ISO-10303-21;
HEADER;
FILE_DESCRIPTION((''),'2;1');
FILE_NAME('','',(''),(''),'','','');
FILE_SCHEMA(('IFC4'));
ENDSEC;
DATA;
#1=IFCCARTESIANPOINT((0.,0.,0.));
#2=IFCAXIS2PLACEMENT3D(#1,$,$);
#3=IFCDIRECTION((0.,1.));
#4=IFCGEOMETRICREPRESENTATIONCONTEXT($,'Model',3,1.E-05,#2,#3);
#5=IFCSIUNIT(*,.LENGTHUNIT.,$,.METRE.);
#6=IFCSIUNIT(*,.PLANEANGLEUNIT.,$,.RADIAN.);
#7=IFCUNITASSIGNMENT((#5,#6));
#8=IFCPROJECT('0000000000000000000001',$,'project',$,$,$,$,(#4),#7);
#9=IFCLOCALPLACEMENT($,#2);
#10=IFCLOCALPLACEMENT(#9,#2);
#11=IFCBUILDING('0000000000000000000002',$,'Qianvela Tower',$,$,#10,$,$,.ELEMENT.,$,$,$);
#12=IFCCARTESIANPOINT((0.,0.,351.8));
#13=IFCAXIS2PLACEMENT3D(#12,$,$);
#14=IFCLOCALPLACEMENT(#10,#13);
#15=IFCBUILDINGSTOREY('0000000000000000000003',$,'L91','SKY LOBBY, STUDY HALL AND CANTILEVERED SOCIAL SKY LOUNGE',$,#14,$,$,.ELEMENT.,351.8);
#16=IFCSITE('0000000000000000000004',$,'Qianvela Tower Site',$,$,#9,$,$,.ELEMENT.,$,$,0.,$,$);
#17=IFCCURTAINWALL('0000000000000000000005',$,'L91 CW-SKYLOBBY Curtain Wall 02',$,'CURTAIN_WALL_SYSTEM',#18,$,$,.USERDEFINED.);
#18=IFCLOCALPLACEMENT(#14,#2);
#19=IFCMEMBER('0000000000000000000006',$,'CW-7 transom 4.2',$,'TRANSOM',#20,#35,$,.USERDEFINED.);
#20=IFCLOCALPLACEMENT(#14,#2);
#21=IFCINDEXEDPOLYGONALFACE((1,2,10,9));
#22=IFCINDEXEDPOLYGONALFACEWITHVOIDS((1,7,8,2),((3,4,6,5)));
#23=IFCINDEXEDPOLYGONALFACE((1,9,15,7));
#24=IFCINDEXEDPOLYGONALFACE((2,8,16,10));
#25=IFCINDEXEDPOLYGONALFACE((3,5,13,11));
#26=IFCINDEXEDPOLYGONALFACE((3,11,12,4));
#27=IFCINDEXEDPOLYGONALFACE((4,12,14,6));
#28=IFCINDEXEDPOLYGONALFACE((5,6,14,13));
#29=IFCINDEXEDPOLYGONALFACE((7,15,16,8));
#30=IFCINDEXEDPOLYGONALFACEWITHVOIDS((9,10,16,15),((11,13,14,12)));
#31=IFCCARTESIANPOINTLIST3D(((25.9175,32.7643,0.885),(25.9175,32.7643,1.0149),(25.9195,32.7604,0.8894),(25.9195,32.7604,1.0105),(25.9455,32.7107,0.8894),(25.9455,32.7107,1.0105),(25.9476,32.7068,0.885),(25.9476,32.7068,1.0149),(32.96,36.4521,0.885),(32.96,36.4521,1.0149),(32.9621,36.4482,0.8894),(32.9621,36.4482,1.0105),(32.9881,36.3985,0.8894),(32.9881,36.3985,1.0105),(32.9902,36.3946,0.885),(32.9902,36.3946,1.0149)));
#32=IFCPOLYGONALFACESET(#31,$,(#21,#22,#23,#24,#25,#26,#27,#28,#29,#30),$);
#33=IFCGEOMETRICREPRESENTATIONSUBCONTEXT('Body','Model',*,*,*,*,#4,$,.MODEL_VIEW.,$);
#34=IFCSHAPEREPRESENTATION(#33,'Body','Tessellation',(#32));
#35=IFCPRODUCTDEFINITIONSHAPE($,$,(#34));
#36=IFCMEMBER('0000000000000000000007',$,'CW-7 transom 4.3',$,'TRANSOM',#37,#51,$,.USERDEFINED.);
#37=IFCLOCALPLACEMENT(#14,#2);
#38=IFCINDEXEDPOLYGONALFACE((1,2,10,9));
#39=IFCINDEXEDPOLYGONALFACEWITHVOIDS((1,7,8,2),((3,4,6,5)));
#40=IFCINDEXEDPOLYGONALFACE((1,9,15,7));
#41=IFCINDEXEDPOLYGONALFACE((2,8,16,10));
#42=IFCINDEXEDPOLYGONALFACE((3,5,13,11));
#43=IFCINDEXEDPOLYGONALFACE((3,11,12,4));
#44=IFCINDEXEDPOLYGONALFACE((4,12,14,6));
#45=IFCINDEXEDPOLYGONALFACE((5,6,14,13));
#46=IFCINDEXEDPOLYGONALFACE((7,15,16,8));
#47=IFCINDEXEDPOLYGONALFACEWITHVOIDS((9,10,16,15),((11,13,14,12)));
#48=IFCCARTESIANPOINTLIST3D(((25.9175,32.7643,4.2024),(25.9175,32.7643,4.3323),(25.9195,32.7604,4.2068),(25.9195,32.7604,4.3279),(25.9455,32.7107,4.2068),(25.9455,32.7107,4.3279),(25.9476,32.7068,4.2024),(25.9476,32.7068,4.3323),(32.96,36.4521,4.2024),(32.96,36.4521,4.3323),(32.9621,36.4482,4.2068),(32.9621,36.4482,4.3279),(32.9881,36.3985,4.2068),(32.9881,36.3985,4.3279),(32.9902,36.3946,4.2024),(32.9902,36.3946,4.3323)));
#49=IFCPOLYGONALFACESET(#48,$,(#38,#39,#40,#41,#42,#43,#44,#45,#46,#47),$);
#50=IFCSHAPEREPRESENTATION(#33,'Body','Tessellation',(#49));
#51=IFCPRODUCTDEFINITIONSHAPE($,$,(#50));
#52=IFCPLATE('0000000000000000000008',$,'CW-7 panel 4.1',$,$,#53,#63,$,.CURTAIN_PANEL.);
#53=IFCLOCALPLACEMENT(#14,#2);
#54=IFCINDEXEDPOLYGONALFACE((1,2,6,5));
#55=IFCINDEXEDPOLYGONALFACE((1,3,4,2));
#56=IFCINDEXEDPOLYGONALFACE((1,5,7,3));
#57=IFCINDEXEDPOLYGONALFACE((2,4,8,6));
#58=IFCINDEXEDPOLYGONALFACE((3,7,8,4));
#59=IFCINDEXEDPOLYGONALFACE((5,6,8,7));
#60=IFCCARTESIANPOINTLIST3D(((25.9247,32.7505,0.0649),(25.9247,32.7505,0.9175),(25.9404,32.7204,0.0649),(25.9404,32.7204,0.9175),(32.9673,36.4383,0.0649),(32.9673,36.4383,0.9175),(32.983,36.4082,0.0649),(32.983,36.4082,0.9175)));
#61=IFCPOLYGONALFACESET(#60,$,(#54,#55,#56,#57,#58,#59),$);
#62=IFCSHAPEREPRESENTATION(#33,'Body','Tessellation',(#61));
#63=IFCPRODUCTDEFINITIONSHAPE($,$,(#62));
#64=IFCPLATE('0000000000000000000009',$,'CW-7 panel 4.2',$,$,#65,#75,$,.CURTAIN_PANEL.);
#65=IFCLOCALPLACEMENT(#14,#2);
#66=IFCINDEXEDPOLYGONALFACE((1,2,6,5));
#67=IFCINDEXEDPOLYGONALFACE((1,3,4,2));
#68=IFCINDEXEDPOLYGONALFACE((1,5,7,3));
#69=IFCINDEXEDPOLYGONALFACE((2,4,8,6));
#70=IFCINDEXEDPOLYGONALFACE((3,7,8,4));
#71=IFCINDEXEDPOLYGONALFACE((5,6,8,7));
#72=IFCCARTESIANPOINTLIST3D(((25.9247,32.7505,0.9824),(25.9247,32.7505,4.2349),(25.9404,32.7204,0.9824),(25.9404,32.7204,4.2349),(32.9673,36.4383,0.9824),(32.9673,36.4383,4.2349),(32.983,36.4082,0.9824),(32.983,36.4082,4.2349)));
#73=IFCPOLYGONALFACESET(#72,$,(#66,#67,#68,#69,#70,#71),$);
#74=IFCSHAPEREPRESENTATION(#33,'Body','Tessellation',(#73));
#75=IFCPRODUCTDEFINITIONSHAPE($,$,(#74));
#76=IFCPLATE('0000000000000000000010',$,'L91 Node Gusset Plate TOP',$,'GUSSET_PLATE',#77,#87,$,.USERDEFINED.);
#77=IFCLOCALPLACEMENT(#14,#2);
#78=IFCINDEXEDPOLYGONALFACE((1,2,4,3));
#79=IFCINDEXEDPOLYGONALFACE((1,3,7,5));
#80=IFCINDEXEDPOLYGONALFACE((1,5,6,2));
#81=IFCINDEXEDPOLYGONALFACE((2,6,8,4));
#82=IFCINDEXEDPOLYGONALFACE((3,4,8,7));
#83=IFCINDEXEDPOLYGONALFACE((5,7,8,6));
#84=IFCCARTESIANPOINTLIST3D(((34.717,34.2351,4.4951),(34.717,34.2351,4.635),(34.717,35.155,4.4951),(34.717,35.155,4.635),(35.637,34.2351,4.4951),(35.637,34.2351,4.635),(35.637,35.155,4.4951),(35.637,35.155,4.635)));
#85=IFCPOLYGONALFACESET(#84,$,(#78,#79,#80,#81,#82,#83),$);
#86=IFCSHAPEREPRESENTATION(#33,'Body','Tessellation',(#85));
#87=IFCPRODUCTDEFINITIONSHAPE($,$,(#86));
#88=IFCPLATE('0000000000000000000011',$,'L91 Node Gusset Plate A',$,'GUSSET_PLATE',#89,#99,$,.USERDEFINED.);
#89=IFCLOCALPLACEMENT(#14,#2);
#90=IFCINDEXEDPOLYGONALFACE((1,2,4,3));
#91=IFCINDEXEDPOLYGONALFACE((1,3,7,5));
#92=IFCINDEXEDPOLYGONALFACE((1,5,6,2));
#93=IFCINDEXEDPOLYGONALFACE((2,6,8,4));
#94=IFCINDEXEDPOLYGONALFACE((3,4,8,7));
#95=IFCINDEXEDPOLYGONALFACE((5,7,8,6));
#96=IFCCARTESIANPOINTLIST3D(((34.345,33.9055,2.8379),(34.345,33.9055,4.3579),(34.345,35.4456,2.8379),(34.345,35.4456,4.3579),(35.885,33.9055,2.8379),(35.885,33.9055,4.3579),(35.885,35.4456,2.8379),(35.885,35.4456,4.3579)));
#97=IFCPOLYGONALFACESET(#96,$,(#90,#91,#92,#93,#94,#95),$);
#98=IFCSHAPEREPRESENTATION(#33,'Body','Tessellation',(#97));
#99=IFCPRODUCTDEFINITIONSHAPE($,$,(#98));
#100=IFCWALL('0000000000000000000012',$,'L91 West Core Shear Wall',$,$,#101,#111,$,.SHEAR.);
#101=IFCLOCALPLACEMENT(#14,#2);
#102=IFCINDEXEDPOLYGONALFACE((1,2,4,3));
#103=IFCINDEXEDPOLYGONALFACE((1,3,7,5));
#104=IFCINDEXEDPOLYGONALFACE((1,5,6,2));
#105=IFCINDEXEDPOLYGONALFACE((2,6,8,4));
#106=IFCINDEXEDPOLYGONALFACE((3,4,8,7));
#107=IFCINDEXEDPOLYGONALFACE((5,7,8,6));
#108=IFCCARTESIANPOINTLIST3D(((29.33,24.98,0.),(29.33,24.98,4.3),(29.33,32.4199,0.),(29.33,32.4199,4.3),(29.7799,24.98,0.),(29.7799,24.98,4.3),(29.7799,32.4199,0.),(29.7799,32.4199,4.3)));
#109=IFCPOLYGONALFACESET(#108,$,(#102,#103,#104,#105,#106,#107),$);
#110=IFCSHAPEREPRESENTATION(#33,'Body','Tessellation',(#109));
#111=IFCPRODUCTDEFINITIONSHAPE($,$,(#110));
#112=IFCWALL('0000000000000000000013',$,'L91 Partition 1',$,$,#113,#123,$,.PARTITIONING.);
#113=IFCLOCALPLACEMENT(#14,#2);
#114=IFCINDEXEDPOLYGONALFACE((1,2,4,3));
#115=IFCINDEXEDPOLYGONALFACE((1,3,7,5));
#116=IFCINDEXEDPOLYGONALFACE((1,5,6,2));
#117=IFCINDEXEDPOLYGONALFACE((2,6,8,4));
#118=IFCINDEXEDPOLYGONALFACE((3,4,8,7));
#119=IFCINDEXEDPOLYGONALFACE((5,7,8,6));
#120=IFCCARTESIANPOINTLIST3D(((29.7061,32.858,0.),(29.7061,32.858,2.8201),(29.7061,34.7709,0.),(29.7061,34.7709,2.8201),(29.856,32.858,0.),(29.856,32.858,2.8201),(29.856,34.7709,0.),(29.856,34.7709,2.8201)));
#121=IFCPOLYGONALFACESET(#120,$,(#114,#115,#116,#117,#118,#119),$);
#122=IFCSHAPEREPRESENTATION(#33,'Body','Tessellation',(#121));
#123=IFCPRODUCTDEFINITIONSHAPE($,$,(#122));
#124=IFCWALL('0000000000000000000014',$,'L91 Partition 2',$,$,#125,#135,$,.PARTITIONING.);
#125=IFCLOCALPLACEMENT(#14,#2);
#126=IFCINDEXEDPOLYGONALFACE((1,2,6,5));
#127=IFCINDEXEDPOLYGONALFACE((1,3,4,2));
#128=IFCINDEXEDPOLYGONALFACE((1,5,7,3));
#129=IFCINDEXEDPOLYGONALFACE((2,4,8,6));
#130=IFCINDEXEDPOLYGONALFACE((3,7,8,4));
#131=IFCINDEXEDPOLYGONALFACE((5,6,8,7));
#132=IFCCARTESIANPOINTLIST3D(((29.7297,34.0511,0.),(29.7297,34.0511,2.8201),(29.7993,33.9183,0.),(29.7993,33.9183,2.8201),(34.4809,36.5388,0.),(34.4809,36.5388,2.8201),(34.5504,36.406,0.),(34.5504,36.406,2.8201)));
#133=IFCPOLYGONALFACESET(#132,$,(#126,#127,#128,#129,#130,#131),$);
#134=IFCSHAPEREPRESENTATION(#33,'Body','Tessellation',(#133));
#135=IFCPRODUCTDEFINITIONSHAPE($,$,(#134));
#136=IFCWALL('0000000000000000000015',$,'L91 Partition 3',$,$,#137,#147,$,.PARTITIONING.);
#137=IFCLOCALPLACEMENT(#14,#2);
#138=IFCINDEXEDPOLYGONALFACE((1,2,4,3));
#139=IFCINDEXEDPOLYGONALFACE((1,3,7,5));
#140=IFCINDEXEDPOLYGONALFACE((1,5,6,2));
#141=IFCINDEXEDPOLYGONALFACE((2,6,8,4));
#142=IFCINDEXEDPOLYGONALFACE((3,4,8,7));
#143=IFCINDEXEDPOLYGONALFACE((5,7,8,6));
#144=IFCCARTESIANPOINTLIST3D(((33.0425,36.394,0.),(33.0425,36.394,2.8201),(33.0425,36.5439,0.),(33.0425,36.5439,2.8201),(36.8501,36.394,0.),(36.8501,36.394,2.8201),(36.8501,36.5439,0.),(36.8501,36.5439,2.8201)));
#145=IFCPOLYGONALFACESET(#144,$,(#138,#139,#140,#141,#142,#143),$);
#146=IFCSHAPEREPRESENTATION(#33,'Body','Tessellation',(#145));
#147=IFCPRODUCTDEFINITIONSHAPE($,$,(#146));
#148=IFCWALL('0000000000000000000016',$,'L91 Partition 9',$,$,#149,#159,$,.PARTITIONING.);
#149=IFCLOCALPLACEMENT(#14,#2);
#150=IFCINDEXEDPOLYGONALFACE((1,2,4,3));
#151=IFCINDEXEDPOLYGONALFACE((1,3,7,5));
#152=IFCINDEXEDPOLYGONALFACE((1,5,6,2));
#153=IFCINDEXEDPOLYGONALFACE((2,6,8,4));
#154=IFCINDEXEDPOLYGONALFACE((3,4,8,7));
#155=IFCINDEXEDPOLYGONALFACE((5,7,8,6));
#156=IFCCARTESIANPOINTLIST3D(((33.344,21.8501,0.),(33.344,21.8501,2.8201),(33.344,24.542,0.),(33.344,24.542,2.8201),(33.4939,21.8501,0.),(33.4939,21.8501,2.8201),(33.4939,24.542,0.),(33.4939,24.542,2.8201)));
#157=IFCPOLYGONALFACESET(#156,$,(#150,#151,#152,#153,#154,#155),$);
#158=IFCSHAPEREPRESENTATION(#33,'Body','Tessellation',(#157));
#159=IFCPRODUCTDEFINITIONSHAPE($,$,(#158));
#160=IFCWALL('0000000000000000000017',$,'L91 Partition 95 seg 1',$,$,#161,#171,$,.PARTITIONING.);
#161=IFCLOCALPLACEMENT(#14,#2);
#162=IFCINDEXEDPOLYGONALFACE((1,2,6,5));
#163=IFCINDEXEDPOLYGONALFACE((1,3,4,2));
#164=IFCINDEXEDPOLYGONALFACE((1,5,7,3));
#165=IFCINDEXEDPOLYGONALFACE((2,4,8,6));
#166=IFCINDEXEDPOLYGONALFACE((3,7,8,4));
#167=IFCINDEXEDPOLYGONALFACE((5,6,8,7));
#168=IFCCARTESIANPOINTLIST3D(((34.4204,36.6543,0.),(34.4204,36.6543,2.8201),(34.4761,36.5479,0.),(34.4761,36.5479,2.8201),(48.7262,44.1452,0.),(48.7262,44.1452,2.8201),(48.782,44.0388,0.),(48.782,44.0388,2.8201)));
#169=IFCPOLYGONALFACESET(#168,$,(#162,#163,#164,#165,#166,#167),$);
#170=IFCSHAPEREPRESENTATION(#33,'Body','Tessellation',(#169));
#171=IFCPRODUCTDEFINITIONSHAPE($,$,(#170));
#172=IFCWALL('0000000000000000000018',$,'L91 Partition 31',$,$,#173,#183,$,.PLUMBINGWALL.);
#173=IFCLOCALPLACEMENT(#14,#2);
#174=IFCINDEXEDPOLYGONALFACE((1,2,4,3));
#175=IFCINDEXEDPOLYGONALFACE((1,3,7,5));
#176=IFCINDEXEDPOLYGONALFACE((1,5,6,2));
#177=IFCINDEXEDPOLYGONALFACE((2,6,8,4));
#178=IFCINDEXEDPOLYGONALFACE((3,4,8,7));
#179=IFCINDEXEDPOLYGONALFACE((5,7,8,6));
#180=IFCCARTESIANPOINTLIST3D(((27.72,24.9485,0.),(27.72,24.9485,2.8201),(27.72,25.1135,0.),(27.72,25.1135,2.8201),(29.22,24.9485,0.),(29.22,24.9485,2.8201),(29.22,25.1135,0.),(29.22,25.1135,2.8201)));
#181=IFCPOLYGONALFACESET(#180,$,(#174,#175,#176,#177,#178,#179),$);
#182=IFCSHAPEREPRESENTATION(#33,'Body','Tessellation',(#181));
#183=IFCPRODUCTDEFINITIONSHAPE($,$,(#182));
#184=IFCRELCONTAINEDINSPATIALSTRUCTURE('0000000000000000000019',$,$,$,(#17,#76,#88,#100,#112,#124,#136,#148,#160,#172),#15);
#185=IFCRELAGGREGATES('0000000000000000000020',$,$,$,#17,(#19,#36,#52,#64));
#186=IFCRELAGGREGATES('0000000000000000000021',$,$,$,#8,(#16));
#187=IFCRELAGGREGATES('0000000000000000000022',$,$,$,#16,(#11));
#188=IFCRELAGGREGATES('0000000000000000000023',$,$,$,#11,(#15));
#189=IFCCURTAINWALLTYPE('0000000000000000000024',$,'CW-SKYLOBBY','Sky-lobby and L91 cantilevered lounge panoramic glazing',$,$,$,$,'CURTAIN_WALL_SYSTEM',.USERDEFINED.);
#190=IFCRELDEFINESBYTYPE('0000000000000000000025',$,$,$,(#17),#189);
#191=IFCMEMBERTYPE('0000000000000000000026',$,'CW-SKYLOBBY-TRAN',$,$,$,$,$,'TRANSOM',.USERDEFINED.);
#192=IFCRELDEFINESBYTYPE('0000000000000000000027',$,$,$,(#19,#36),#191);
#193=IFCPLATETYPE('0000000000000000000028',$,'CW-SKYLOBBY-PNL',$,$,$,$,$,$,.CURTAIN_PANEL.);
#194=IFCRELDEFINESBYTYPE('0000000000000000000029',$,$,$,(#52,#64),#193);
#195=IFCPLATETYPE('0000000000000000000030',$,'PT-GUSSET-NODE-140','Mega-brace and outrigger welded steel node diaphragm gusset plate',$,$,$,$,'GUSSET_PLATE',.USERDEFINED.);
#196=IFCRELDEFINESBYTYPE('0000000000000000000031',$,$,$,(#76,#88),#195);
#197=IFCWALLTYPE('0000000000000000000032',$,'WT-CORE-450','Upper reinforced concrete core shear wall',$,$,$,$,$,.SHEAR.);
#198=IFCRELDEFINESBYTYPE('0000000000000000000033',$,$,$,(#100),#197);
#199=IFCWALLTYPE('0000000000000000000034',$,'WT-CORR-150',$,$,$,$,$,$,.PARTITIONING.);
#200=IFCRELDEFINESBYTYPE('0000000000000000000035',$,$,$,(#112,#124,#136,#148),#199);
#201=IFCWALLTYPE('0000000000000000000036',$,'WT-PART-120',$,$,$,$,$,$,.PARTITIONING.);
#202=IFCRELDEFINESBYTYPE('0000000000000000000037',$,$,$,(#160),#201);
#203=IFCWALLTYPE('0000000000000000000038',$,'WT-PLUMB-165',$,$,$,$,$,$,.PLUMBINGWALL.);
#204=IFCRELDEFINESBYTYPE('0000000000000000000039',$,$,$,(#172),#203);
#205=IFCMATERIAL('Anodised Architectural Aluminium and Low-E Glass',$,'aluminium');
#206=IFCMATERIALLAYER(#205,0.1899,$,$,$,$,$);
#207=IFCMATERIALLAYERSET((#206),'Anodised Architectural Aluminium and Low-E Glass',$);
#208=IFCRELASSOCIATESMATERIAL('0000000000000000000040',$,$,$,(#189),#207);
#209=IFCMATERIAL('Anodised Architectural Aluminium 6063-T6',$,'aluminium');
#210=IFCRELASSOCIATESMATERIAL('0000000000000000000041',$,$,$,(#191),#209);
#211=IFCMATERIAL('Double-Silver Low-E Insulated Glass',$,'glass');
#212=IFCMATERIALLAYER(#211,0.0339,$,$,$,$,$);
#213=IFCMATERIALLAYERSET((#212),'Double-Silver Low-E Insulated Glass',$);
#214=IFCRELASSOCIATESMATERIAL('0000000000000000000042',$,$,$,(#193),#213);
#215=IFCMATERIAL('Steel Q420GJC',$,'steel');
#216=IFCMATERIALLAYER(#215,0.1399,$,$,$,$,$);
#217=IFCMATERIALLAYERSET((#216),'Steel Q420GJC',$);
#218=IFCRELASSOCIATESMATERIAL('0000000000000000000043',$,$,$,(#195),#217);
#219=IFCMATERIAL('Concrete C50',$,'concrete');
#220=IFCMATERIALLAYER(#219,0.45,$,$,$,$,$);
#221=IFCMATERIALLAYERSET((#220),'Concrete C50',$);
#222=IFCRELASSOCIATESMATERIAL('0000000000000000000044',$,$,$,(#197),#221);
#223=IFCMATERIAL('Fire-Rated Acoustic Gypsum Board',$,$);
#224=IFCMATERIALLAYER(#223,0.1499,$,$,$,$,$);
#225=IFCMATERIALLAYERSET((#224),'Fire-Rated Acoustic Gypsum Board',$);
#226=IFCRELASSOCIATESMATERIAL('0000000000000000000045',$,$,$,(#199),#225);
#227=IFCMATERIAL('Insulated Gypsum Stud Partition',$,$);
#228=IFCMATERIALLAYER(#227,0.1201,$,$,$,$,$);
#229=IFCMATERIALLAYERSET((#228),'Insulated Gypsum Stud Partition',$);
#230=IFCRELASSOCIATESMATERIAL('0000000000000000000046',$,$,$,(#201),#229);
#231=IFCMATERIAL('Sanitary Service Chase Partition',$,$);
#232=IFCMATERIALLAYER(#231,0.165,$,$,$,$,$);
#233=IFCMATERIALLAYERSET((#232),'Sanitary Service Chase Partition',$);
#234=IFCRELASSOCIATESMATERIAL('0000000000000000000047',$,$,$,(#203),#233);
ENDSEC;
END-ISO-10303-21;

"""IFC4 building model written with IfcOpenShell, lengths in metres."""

from ifc_helpers import new_model, si_unit, direction, frame, frame_2d, origin, origin_2d, place, context, subcontext, project, spatial, rectangle, hollow_rectangle, extrude, material, layer, layer_set, material_profile, profile_set, type_object, element, aggregate, save


model = new_model("IFC4")

# Units and contexts
model_context = context("Model", 3, precision=1e-05, world=origin(), true_north=direction((0.0, 1.0)))
body_context = subcontext(model_context, "Body", "Model", "MODEL_VIEW")
ifc_project = project(units=[si_unit("LENGTHUNIT", "METRE"), si_unit("PLANEANGLEUNIT", "RADIAN")], contexts=[model_context])

# Site, building, storey
site_placement = place(None, origin())
site = spatial("IfcSite", under=ifc_project, at=site_placement, Name="Qianvela Tower Site", CompositionType="ELEMENT", RefElevation=0.0)
building_placement = place(site_placement, origin())
building = spatial("IfcBuilding", under=site, at=building_placement, Name="Qianvela Tower", CompositionType="ELEMENT")
storey_placement = place(building_placement, frame((0.0, 0.0, 351.8)))
storey = spatial("IfcBuildingStorey", under=building, at=storey_placement, Name="L91", Description="SKY LOBBY, STUDY HALL AND CANTILEVERED SOCIAL SKY LOUNGE", CompositionType="ELEMENT", Elevation=351.8)

# Curtain wall, members, plates
ifc_material_1 = material(Name="Anodised Architectural Aluminium and Low-E Glass", Category="aluminium")
ifc_layer_1 = layer(ifc_material_1, 0.1899)
ifc_layer_set_1 = layer_set([ifc_layer_1], Name="Anodised Architectural Aluminium and Low-E Glass")
curtain_wall_type = type_object("IfcCurtainWallType", Name="CW-SKYLOBBY", Description="Sky-lobby and L91 cantilevered lounge panoramic glazing", ElementType="CURTAIN_WALL_SYSTEM", PredefinedType="USERDEFINED", material=ifc_layer_set_1)
curtain_wall_placement = place(storey_placement, origin())
curtain_wall = element("IfcCurtainWall", 1, at=curtain_wall_placement, inside=storey, type_object=curtain_wall_type, Name="L91 CW-SKYLOBBY Curtain Wall 02", ObjectType="CURTAIN_WALL_SYSTEM", PredefinedType="USERDEFINED")
ifc_material_2 = material(Name="Anodised Architectural Aluminium 6063-T6", Category="aluminium")
ifc_material_profile_1 = material_profile(ifc_material_2, hollow_rectangle(XDim=0.0649, YDim=0.1299, WallThickness=0.0044, at=origin_2d()), Name="ALU-TRAN-65x130")
ifc_profile_set_1 = profile_set([ifc_material_profile_1], Name="Anodised Architectural Aluminium 6063-T6")
member_type_1 = type_object("IfcMemberType", Name="CW-SKYLOBBY-TRAN", ElementType="TRANSOM", PredefinedType="USERDEFINED", material=ifc_profile_set_1)
member_1_placement = place(storey_placement, frame((32.9751, 36.4233, 0.95), z_axis=(-0.885892, -0.463891, 0.0), x_axis=(0.463891, -0.885892, 0.0)))
member_1 = element("IfcMember", 2, at=member_1_placement, type_object=member_type_1, Name="CW-7 transom 4.2", ObjectType="TRANSOM", PredefinedType="USERDEFINED", context=body_context, shape_type="SweptSolid", body=[
    extrude(hollow_rectangle(XDim=0.0649, YDim=0.1299, WallThickness=0.0044, at=origin_2d()), origin(), (0.0, 0.0, 1.0), 7.9497),
])
member_2_placement = place(storey_placement, frame((32.9751, 36.4233, 4.2673), z_axis=(-0.885892, -0.463891, 0.0), x_axis=(0.463891, -0.885892, 0.0)))
member_2 = element("IfcMember", 3, at=member_2_placement, type_object=member_type_1, Name="CW-7 transom 4.3", ObjectType="TRANSOM", PredefinedType="USERDEFINED", context=body_context, shape_type="SweptSolid", body=[
    extrude(hollow_rectangle(XDim=0.0649, YDim=0.1299, WallThickness=0.0044, at=origin_2d()), origin(), (0.0, 0.0, 1.0), 7.9497),
])
ifc_material_3 = material(Name="Double-Silver Low-E Insulated Glass", Category="glass")
ifc_layer_2 = layer(ifc_material_3, 0.0339)
ifc_layer_set_2 = layer_set([ifc_layer_2], Name="Double-Silver Low-E Insulated Glass")
plate_type_1 = type_object("IfcPlateType", Name="CW-SKYLOBBY-PNL", PredefinedType="CURTAIN_PANEL", material=ifc_layer_set_2)
plate_1_placement = place(storey_placement, frame((29.4539, 34.5793, 0.0649), z_axis=(0.0, 0.0, 1.0), x_axis=(-0.885893, -0.46389, 0.0)))
plate_1 = element("IfcPlate", 4, at=plate_1_placement, type_object=plate_type_1, Name="CW-7 panel 4.1", PredefinedType="CURTAIN_PANEL", context=body_context, shape_type="SweptSolid", body=[
    extrude(rectangle(XDim=7.9497, YDim=0.0339, at=origin_2d()), origin(), (0.0, 0.0, 1.0), 0.8525),
])
plate_2_placement = place(storey_placement, frame((29.4539, 34.5793, 0.9824), z_axis=(0.0, 0.0, 1.0), x_axis=(-0.885893, -0.46389, 0.0)))
plate_2 = element("IfcPlate", 5, at=plate_2_placement, type_object=plate_type_1, Name="CW-7 panel 4.2", PredefinedType="CURTAIN_PANEL", context=body_context, shape_type="SweptSolid", body=[
    extrude(rectangle(XDim=7.9497, YDim=0.0339, at=origin_2d()), origin(), (0.0, 0.0, 1.0), 3.2524),
])
aggregate(curtain_wall, [member_1, member_2, plate_1, plate_2])

# Plates
ifc_material_4 = material(Name="Steel Q420GJC", Category="steel")
ifc_layer_3 = layer(ifc_material_4, 0.1399)
ifc_layer_set_3 = layer_set([ifc_layer_3], Name="Steel Q420GJC")
plate_type_2 = type_object("IfcPlateType", Name="PT-GUSSET-NODE-140", Description="Mega-brace and outrigger welded steel node diaphragm gusset plate", ElementType="GUSSET_PLATE", PredefinedType="USERDEFINED", material=ifc_layer_set_3)
plate_3_placement = place(storey_placement, frame((35.177, 34.6951, 4.4951), z_axis=(0.0, 0.0, 1.0), x_axis=(1.0, 0.0, 0.0)))
element("IfcPlate", 6, at=plate_3_placement, inside=storey, type_object=plate_type_2, Name="L91 Node Gusset Plate TOP", ObjectType="GUSSET_PLATE", PredefinedType="USERDEFINED", context=body_context, shape_type="SweptSolid", body=[
    extrude(rectangle(XDim=0.9199, YDim=0.9199, at=origin_2d()), origin(), (0.0, 0.0, 1.0), 0.1399),
])
plate_4_placement = place(storey_placement, frame((35.115, 34.6755, 2.8379), z_axis=(0.0, 0.0, 1.0), x_axis=(1.0, 0.0, 0.0)))
element("IfcPlate", 7, at=plate_4_placement, inside=storey, type_object=plate_type_2, Name="L91 Node Gusset Plate A", ObjectType="GUSSET_PLATE", PredefinedType="USERDEFINED", context=body_context, shape_type="SweptSolid", body=[
    extrude(rectangle(XDim=1.54, YDim=1.54, at=origin_2d()), origin(), (0.0, 0.0, 1.0), 1.52),
])

# Shared definitions
ifc_material_5 = material(Name="Concrete C50", Category="concrete")
ifc_layer_4 = layer(ifc_material_5, 0.45)
ifc_layer_set_4 = layer_set([ifc_layer_4], Name="Concrete C50")
wall_type_1 = type_object("IfcWallType", Name="WT-CORE-450", Description="Upper reinforced concrete core shear wall", PredefinedType="SHEAR", material=ifc_layer_set_4)

# Walls
wall_1_placement = place(storey_placement, frame((29.5549, 24.98, 0.0), z_axis=(0.0, 0.0, 1.0), x_axis=(0.0, 1.0, 0.0)))
element("IfcWall", 8, at=wall_1_placement, inside=storey, type_object=wall_type_1, Name="L91 West Core Shear Wall", PredefinedType="SHEAR", context=body_context, shape_type="SweptSolid", body=[
    extrude(rectangle(XDim=7.4399, YDim=0.45, at=frame_2d((3.72, 0.0))), origin(), (0.0, 0.0, 1.0), 4.3),
])
ifc_material_6 = material(Name="Fire-Rated Acoustic Gypsum Board")
ifc_layer_5 = layer(ifc_material_6, 0.1499)
ifc_layer_set_5 = layer_set([ifc_layer_5], Name="Fire-Rated Acoustic Gypsum Board")
wall_type_2 = type_object("IfcWallType", Name="WT-CORR-150", PredefinedType="PARTITIONING", material=ifc_layer_set_5)
wall_2_placement = place(storey_placement, frame((29.781, 32.8579, 0.0), z_axis=(0.0, 0.0, 1.0), x_axis=(0.0, 1.0, 0.0)))
element("IfcWall", 9, at=wall_2_placement, inside=storey, type_object=wall_type_2, Name="L91 Partition 1", PredefinedType="PARTITIONING", context=body_context, shape_type="SweptSolid", body=[
    extrude(rectangle(XDim=1.9128, YDim=0.1499, at=frame_2d((0.9565, 0.0))), origin(), (0.0, 0.0, 1.0), 2.8201),
])
wall_3_placement = place(storey_placement, frame((29.7644, 33.9846, 0.0), z_axis=(0.0, 0.0, 1.0), x_axis=(0.885904, 0.463869, 0.0)))
element("IfcWall", 10, at=wall_3_placement, inside=storey, type_object=wall_type_2, Name="L91 Partition 2", PredefinedType="PARTITIONING", context=body_context, shape_type="SweptSolid", body=[
    extrude(rectangle(XDim=5.363, YDim=0.1499, at=frame_2d((2.6816, 0.0))), origin(), (0.0, 0.0, 1.0), 2.8201),
])
wall_4_placement = place(storey_placement, frame((33.0425, 36.469, 0.0), z_axis=(0.0, 0.0, 1.0), x_axis=(1.0, 0.0, 0.0)))
element("IfcWall", 11, at=wall_4_placement, inside=storey, type_object=wall_type_2, Name="L91 Partition 3", PredefinedType="PARTITIONING", context=body_context, shape_type="SweptSolid", body=[
    extrude(rectangle(XDim=3.8076, YDim=0.1499, at=frame_2d((1.9038, 0.0))), origin(), (0.0, 0.0, 1.0), 2.8201),
])
wall_5_placement = place(storey_placement, frame((33.4189, 24.542, 0.0), z_axis=(0.0, 0.0, 1.0), x_axis=(0.0, -1.0, 0.0)))
element("IfcWall", 12, at=wall_5_placement, inside=storey, type_object=wall_type_2, Name="L91 Partition 9", PredefinedType="PARTITIONING", context=body_context, shape_type="SweptSolid", body=[
    extrude(rectangle(XDim=2.6919, YDim=0.1499, at=frame_2d((1.3459, 0.0))), origin(), (0.0, 0.0, 1.0), 2.8201),
])
ifc_material_7 = material(Name="Insulated Gypsum Stud Partition")
ifc_layer_6 = layer(ifc_material_7, 0.1201)
ifc_layer_set_6 = layer_set([ifc_layer_6], Name="Insulated Gypsum Stud Partition")
wall_type_3 = type_object("IfcWallType", Name="WT-PART-120", PredefinedType="PARTITIONING", material=ifc_layer_set_6)
wall_6_placement = place(storey_placement, frame((34.4482, 36.6011, 0.0), z_axis=(0.0, 0.0, 1.0), x_axis=(0.885898, 0.46388, 0.0)))
element("IfcWall", 13, at=wall_6_placement, inside=storey, type_object=wall_type_3, Name="L91 Partition 95 seg 1", PredefinedType="PARTITIONING", context=body_context, shape_type="SweptSolid", body=[
    extrude(rectangle(XDim=16.1484, YDim=0.1201, at=frame_2d((8.0742, 0.0))), origin(), (0.0, 0.0, 1.0), 2.8201),
])
ifc_material_8 = material(Name="Sanitary Service Chase Partition")
ifc_layer_7 = layer(ifc_material_8, 0.165)
ifc_layer_set_7 = layer_set([ifc_layer_7], Name="Sanitary Service Chase Partition")
wall_type_4 = type_object("IfcWallType", Name="WT-PLUMB-165", PredefinedType="PLUMBINGWALL", material=ifc_layer_set_7)
wall_7_placement = place(storey_placement, frame((29.22, 25.031, 0.0), z_axis=(0.0, 0.0, 1.0), x_axis=(-1.0, 0.0, 0.0)))
element("IfcWall", 14, at=wall_7_placement, inside=storey, type_object=wall_type_4, Name="L91 Partition 31", PredefinedType="PLUMBINGWALL", context=body_context, shape_type="SweptSolid", body=[
    extrude(rectangle(XDim=1.5, YDim=0.165, at=frame_2d((0.75, 0.0))), origin(), (0.0, 0.0, 1.0), 2.8201),
])

save(model, "model.ifc")
